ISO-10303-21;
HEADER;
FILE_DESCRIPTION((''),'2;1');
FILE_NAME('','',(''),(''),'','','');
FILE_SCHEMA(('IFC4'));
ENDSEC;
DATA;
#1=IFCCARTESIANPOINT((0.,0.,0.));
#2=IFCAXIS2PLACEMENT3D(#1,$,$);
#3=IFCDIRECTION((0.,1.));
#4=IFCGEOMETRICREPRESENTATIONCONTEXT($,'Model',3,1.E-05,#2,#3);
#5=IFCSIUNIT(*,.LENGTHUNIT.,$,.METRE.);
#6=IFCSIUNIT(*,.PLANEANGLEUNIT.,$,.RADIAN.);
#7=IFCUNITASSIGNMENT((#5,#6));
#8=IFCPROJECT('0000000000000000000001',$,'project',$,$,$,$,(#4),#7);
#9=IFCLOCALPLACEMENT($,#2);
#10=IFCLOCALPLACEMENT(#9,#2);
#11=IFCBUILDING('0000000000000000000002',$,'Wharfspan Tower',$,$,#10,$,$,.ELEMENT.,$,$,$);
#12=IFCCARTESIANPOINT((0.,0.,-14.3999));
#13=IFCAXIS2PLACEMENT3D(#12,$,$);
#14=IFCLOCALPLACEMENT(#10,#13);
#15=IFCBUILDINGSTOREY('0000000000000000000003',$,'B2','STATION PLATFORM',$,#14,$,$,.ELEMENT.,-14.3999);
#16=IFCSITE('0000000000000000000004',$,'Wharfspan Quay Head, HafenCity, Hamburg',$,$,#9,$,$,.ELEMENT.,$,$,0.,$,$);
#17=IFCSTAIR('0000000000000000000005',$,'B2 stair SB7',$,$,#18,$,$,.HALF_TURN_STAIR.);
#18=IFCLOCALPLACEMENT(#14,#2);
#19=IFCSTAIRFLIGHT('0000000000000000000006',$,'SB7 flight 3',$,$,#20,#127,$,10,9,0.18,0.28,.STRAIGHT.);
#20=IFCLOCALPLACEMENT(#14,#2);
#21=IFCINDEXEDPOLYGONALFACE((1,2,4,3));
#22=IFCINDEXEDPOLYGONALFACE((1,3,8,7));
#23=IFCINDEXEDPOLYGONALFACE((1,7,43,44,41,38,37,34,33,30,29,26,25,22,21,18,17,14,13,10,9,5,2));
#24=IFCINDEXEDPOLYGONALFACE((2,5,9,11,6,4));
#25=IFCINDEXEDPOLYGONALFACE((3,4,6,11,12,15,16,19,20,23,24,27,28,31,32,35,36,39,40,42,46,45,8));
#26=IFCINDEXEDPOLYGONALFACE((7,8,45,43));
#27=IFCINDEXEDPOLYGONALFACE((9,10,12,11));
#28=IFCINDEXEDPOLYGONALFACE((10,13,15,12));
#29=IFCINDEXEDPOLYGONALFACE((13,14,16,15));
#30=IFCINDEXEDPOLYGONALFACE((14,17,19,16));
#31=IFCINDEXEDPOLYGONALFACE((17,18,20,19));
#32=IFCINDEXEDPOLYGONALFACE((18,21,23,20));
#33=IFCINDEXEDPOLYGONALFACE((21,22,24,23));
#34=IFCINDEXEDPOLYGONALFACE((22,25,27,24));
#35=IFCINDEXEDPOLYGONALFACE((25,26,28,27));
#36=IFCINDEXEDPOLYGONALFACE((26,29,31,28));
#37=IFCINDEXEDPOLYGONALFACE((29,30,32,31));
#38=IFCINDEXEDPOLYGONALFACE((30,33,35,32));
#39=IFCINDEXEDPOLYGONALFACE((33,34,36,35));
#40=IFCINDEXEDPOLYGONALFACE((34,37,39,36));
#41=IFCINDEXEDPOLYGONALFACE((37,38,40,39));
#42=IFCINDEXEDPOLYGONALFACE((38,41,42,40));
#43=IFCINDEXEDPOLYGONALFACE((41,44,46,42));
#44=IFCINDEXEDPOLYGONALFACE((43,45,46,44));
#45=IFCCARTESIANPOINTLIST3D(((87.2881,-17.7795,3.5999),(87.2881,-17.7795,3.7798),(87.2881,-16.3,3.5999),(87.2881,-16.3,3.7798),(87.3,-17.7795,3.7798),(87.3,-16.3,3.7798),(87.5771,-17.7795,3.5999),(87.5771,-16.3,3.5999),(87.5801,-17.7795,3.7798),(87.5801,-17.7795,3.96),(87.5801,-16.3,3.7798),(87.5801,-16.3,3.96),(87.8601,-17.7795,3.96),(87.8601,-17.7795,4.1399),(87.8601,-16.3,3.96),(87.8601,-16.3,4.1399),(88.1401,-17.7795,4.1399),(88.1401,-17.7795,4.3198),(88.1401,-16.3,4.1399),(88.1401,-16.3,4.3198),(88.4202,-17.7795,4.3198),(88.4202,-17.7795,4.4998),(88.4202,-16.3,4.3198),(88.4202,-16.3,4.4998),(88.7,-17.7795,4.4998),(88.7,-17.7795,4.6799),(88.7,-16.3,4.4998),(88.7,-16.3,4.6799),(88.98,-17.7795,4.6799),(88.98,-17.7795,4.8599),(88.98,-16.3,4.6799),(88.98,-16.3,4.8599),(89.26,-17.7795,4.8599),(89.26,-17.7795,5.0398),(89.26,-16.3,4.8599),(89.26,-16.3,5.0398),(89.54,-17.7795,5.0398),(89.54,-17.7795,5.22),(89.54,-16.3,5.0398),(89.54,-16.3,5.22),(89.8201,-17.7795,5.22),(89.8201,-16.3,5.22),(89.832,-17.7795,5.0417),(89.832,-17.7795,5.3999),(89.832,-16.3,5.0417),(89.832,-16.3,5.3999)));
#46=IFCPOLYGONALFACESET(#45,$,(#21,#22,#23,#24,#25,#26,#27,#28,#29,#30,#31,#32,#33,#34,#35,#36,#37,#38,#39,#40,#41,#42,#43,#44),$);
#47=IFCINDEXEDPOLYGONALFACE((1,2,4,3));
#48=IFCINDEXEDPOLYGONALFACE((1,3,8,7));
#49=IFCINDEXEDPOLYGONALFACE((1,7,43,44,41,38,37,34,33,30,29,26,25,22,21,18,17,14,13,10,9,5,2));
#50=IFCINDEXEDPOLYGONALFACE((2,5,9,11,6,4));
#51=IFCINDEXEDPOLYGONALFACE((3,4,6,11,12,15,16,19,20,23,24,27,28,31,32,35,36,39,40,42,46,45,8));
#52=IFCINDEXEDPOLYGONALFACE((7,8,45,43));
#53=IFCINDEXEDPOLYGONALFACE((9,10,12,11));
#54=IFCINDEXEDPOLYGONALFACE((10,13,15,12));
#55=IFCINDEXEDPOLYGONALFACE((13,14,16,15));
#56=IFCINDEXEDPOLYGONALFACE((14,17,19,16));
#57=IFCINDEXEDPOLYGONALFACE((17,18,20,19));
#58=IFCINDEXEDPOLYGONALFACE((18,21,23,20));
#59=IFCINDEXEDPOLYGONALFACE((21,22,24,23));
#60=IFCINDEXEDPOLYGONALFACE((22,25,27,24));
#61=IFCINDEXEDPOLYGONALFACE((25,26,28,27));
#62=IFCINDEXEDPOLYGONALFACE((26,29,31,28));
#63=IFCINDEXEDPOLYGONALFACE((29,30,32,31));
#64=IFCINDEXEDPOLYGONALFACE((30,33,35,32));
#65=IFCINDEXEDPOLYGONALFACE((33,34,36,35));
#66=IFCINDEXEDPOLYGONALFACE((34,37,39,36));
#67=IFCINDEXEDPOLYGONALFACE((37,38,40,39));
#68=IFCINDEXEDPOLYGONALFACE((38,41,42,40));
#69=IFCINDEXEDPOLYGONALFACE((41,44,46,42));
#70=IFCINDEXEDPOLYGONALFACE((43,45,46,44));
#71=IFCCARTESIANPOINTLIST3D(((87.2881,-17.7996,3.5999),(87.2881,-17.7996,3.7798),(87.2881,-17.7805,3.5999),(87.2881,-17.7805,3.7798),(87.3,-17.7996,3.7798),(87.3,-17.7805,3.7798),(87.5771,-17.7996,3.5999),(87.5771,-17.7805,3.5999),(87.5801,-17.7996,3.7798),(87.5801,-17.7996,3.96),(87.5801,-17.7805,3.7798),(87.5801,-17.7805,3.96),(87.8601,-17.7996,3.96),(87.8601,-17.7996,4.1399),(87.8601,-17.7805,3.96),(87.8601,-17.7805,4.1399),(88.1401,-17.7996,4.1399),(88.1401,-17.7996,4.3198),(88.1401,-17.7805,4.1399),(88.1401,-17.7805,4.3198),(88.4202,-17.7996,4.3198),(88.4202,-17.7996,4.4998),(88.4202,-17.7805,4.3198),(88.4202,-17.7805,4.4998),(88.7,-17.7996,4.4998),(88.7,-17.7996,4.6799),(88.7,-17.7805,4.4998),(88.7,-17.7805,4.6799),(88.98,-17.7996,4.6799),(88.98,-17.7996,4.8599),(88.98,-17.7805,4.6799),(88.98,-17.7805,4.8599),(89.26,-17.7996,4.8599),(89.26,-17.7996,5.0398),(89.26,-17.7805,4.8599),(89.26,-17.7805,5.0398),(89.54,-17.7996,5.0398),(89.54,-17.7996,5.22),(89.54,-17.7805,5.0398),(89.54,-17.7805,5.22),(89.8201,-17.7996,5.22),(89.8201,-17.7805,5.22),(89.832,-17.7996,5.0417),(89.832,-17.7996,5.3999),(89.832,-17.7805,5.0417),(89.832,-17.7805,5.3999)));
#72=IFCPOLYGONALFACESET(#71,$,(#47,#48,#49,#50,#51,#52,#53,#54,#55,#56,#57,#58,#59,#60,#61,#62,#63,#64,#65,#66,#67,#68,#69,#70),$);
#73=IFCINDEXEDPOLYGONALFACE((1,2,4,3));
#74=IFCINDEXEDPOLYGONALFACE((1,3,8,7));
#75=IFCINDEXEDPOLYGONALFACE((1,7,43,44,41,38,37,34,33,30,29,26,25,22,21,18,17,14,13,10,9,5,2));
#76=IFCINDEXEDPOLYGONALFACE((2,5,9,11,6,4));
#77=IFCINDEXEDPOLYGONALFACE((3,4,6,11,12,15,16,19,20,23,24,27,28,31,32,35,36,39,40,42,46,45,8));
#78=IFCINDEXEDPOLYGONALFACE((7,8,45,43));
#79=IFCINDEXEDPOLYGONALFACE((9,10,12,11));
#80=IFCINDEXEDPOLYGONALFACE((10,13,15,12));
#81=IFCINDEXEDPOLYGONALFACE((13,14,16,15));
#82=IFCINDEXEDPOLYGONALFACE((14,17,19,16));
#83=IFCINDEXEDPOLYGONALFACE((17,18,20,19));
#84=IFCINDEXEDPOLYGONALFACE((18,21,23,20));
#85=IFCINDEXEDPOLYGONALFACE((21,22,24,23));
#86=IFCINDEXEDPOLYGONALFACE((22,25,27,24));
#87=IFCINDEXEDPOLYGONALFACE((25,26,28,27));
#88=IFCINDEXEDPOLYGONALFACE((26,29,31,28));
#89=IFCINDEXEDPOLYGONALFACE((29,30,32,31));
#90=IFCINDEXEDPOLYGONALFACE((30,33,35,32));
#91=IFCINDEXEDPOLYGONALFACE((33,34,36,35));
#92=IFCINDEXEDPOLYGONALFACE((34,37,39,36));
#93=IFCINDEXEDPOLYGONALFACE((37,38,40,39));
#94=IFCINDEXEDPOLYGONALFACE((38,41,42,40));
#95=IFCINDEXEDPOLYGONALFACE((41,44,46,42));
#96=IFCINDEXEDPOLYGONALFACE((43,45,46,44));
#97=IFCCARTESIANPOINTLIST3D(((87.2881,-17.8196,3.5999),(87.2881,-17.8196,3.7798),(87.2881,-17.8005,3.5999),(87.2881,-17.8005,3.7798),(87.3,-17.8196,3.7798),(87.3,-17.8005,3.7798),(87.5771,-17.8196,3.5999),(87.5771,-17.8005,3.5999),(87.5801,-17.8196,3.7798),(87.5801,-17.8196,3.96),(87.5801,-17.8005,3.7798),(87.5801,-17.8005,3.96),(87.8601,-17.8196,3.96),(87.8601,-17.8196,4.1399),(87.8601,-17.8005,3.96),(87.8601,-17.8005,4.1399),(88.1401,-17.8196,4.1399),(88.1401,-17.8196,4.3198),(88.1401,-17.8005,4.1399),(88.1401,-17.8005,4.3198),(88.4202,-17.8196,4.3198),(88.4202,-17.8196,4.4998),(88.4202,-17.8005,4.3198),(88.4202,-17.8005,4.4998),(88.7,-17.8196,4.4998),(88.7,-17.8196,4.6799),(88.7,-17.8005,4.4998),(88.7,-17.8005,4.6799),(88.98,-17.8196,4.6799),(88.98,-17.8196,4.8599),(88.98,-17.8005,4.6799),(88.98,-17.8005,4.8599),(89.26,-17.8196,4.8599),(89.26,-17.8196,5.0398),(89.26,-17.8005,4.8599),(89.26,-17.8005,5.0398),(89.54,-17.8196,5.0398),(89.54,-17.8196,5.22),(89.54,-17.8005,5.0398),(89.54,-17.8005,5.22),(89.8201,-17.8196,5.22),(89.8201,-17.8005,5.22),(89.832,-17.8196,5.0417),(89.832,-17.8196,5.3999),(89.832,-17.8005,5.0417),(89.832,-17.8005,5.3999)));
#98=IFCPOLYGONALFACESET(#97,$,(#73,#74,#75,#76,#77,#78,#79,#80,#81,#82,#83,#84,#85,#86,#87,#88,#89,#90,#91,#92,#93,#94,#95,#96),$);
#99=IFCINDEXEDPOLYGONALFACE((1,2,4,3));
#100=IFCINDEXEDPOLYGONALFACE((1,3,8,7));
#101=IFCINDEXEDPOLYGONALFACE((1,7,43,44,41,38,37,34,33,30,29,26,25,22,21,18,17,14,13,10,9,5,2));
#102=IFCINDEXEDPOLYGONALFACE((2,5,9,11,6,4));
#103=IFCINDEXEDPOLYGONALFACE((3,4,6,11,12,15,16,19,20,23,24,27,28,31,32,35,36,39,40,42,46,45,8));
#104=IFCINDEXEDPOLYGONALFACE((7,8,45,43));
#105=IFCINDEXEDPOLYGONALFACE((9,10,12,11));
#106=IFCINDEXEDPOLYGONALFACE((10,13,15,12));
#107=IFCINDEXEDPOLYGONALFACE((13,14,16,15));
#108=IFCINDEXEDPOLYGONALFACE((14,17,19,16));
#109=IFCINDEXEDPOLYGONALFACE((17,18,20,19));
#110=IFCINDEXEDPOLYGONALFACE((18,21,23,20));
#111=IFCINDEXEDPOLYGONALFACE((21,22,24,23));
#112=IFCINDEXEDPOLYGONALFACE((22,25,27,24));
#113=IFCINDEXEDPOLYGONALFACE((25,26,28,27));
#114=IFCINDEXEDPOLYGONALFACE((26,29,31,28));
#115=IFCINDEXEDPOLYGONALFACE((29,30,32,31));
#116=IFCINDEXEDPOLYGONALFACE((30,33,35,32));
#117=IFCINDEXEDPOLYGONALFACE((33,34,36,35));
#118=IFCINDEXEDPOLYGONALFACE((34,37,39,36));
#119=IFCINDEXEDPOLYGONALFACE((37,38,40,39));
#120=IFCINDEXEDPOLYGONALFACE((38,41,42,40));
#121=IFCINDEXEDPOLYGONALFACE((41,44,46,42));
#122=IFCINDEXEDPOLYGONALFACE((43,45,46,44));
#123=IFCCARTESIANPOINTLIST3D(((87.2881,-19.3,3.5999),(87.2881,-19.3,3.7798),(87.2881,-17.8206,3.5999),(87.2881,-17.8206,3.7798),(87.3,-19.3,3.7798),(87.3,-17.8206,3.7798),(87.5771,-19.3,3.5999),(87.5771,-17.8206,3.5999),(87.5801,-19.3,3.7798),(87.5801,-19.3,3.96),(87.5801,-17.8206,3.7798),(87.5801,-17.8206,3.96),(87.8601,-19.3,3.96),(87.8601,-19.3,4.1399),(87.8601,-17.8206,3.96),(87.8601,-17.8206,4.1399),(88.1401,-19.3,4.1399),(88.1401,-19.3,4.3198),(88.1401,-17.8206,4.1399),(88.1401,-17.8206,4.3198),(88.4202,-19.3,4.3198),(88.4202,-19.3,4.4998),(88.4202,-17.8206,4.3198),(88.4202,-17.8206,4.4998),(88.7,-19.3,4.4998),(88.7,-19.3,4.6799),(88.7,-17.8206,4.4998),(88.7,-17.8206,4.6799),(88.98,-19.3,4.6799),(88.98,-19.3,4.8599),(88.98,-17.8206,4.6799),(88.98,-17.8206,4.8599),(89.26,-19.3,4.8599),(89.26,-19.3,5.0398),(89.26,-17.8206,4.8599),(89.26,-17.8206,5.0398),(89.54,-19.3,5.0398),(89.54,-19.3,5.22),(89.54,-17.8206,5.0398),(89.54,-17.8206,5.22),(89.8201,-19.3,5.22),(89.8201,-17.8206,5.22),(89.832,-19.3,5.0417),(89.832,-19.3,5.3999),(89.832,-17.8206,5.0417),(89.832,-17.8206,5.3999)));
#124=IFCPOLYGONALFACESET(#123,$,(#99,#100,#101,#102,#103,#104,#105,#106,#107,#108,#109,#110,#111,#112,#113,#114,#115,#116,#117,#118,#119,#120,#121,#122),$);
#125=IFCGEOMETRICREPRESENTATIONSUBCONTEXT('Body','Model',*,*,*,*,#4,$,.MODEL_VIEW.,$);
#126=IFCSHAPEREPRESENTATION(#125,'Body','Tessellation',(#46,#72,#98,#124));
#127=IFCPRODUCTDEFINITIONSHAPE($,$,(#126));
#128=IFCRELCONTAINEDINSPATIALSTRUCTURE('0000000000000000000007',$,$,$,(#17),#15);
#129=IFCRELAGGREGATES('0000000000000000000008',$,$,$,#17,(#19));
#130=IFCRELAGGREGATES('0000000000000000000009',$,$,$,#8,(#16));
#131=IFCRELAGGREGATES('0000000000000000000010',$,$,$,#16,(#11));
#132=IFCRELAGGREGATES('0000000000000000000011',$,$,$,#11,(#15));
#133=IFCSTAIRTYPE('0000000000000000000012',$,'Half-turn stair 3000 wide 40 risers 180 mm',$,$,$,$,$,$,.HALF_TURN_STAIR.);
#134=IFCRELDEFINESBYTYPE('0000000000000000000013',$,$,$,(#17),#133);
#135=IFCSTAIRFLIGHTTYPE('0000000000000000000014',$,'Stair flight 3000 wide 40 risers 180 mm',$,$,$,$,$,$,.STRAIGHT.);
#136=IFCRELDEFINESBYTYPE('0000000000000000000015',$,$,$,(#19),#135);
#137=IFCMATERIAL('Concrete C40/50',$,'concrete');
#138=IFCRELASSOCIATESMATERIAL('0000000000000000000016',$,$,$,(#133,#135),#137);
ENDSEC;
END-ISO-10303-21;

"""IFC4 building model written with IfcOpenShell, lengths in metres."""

from ifc_helpers import new_model, si_unit, direction, frame, origin, place, context, subcontext, project, spatial, polyline, outline, extrude, material, type_object, element, aggregate, save


model = new_model("IFC4")

# Units and contexts
model_context = context("Model", 3, precision=1e-05, world=origin(), true_north=direction((0.0, 1.0)))
body_context = subcontext(model_context, "Body", "Model", "MODEL_VIEW")
ifc_project = project(units=[si_unit("LENGTHUNIT", "METRE"), si_unit("PLANEANGLEUNIT", "RADIAN")], contexts=[model_context])

# Site, building, storey
site_placement = place(None, origin())
site = spatial("IfcSite", under=ifc_project, at=site_placement, Name="Wharfspan Quay Head, HafenCity, Hamburg", CompositionType="ELEMENT", RefElevation=0.0)
building_placement = place(site_placement, origin())
building = spatial("IfcBuilding", under=site, at=building_placement, Name="Wharfspan Tower", CompositionType="ELEMENT")
storey_placement = place(building_placement, frame((0.0, 0.0, -14.3999)))
storey = spatial("IfcBuildingStorey", under=building, at=storey_placement, Name="B2", Description="STATION PLATFORM", CompositionType="ELEMENT", Elevation=-14.3999)

# Shared definitions
ifc_material_1 = material(Name="Concrete C40/50", Category="concrete")

# Stair, stair flight
stair_type = type_object("IfcStairType", Name="Half-turn stair 3000 wide 40 risers 180 mm", PredefinedType="HALF_TURN_STAIR", material=ifc_material_1)
stair_placement = place(storey_placement, origin())
stair = element("IfcStair", 1, at=stair_placement, inside=storey, type_object=stair_type, Name="B2 stair SB7", PredefinedType="HALF_TURN_STAIR")
stair_flight_type = type_object("IfcStairFlightType", Name="Stair flight 3000 wide 40 risers 180 mm", PredefinedType="STRAIGHT", material=ifc_material_1)
stair_flight_1_placement = place(storey_placement, frame((87.3, -17.8, 3.5999), z_axis=(0.0, 0.0, 1.0), x_axis=(1.0, 0.0, 0.0)))
stair_flight_1 = element("IfcStairFlight", 2, at=stair_flight_1_placement, type_object=stair_flight_type, Name="SB7 flight 3", NumberOfRisers=10, NumberOfTreads=9, PredefinedType="STRAIGHT", RiserHeight=0.18, TreadLength=0.28, context=body_context, shape_type="SweptSolid", body=[
    extrude(outline(polyline([(-0.012, 0.0), (-0.012, 0.1799), (0.0, 0.1799), (0.28, 0.1799), (0.28, 0.3601), (0.5601, 0.3601), (0.5601, 0.54), (0.8401, 0.54), (0.8401, 0.72), (1.1201, 0.72), (1.1201, 0.8999), (1.3999, 0.8999), (1.3999, 1.0801), (1.6799, 1.0801), (1.6799, 1.26), (1.96, 1.26), (1.96, 1.4399), (2.24, 1.4399), (2.24, 1.6201), (2.52, 1.6201), (2.532, 1.8), (2.532, 1.4419), (0.2771, 0.0), (-0.012, 0.0)])), frame((0.0, 1.5, 0.0), z_axis=(0.0, -1.0, 0.0), x_axis=(1.0, 0.0, 0.0)), (0.0, 0.0, 1.0), 1.4795),
    extrude(outline(polyline([(-0.012, 0.0), (-0.012, 0.1799), (0.0, 0.1799), (0.28, 0.1799), (0.28, 0.3601), (0.5601, 0.3601), (0.5601, 0.54), (0.8401, 0.54), (0.8401, 0.72), (1.1201, 0.72), (1.1201, 0.8999), (1.3999, 0.8999), (1.3999, 1.0801), (1.6799, 1.0801), (1.6799, 1.26), (1.96, 1.26), (1.96, 1.4399), (2.24, 1.4399), (2.24, 1.6201), (2.52, 1.6201), (2.532, 1.8), (2.532, 1.4419), (0.2771, 0.0), (-0.012, 0.0)])), frame((0.0, 0.0195, 0.0), z_axis=(0.0, -1.0, 0.0), x_axis=(1.0, 0.0, 0.0)), (0.0, 0.0, 1.0), 0.019),
    extrude(outline(polyline([(-0.012, 0.0), (-0.012, 0.1799), (0.0, 0.1799), (0.28, 0.1799), (0.28, 0.3601), (0.5601, 0.3601), (0.5601, 0.54), (0.8401, 0.54), (0.8401, 0.72), (1.1201, 0.72), (1.1201, 0.8999), (1.3999, 0.8999), (1.3999, 1.0801), (1.6799, 1.0801), (1.6799, 1.26), (1.96, 1.26), (1.96, 1.4399), (2.24, 1.4399), (2.24, 1.6201), (2.52, 1.6201), (2.532, 1.8), (2.532, 1.4419), (0.2771, 0.0), (-0.012, 0.0)])), frame((0.0, -0.0005, 0.0), z_axis=(0.0, -1.0, 0.0), x_axis=(1.0, 0.0, 0.0)), (0.0, 0.0, 1.0), 0.019),
    extrude(outline(polyline([(-0.012, 0.0), (-0.012, 0.1799), (0.0, 0.1799), (0.28, 0.1799), (0.28, 0.3601), (0.5601, 0.3601), (0.5601, 0.54), (0.8401, 0.54), (0.8401, 0.72), (1.1201, 0.72), (1.1201, 0.8999), (1.3999, 0.8999), (1.3999, 1.0801), (1.6799, 1.0801), (1.6799, 1.26), (1.96, 1.26), (1.96, 1.4399), (2.24, 1.4399), (2.24, 1.6201), (2.52, 1.6201), (2.532, 1.8), (2.532, 1.4419), (0.2771, 0.0), (-0.012, 0.0)])), frame((0.0, -0.0205, 0.0), z_axis=(0.0, -1.0, 0.0), x_axis=(1.0, 0.0, 0.0)), (0.0, 0.0, 1.0), 1.4795),
])
aggregate(stair, [stair_flight_1])

save(model, "model.ifc")
